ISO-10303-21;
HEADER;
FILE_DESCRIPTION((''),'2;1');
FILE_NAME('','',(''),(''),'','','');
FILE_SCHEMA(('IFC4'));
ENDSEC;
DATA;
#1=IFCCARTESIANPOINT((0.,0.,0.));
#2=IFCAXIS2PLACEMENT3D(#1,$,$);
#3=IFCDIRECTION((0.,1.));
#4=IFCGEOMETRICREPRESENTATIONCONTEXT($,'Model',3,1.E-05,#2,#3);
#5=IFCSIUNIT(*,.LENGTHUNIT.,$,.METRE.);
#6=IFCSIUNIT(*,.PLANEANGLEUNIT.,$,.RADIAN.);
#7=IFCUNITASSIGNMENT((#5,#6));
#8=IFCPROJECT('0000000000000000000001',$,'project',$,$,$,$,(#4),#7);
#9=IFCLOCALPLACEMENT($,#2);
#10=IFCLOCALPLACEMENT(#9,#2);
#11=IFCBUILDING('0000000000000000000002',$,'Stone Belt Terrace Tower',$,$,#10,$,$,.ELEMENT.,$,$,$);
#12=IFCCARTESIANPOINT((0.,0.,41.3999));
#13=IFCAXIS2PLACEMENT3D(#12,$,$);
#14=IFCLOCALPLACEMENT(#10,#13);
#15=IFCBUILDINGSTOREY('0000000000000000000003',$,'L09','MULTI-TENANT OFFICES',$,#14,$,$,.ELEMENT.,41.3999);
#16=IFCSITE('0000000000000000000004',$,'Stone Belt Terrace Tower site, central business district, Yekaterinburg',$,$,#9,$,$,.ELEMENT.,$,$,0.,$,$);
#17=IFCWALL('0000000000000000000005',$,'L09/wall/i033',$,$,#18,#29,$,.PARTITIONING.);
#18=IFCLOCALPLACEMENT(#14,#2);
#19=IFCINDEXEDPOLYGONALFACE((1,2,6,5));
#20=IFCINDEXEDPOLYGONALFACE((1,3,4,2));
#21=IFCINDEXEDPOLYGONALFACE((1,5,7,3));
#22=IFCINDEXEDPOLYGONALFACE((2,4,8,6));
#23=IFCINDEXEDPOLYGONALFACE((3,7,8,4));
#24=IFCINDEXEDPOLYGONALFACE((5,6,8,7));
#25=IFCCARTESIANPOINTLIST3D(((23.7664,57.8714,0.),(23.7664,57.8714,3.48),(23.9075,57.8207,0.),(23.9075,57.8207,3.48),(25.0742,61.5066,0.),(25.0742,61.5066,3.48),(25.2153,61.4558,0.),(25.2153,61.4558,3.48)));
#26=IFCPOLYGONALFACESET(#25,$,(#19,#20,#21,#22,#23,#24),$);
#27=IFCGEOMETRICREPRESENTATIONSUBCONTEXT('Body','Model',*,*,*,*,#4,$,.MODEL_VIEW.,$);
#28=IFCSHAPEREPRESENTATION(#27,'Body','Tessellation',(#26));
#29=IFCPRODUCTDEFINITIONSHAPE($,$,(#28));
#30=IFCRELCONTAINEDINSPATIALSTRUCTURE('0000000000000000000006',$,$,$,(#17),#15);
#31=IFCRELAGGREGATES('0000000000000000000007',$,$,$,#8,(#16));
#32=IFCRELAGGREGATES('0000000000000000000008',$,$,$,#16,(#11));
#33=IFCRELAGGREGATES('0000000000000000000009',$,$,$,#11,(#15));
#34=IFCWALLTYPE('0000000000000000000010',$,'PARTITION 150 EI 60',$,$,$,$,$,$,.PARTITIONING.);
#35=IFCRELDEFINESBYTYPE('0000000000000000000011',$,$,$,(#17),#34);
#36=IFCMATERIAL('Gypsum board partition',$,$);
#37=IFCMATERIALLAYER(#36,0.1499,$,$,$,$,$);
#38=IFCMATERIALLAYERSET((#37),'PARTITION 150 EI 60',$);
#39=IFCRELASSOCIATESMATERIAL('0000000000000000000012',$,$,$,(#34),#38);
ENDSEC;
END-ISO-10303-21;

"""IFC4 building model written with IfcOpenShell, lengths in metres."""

from ifc_helpers import new_model, si_unit, direction, frame, frame_2d, origin, place, context, subcontext, project, spatial, rectangle, extrude, material, layer, layer_set, type_object, element, save


model = new_model("IFC4")

# Units and contexts
model_context = context("Model", 3, precision=1e-05, world=origin(), true_north=direction((0.0, 1.0)))
body_context = subcontext(model_context, "Body", "Model", "MODEL_VIEW")
ifc_project = project(units=[si_unit("LENGTHUNIT", "METRE"), si_unit("PLANEANGLEUNIT", "RADIAN")], contexts=[model_context])

# Site, building, storey
site_placement = place(None, origin())
site = spatial("IfcSite", under=ifc_project, at=site_placement, Name="Stone Belt Terrace Tower site, central business district, Yekaterinburg", CompositionType="ELEMENT", RefElevation=0.0)
building_placement = place(site_placement, origin())
building = spatial("IfcBuilding", under=site, at=building_placement, Name="Stone Belt Terrace Tower", CompositionType="ELEMENT")
storey_placement = place(building_placement, frame((0.0, 0.0, 41.3999)))
storey = spatial("IfcBuildingStorey", under=building, at=storey_placement, Name="L09", Description="MULTI-TENANT OFFICES", CompositionType="ELEMENT", Elevation=41.3999)

# Wall
ifc_material_1 = material(Name="Gypsum board partition")
ifc_layer_1 = layer(ifc_material_1, 0.1499)
ifc_layer_set_1 = layer_set([ifc_layer_1], Name="PARTITION 150 EI 60")
wall_type_1 = type_object("IfcWallType", Name="PARTITION 150 EI 60", PredefinedType="PARTITIONING", material=ifc_layer_set_1)
wall_1_placement = place(storey_placement, frame((25.1448, 61.4812, 0.0), z_axis=(0.0, 0.0, 1.0), x_axis=(-0.338529, -0.940956, 0.0)))
element("IfcWall", 1, at=wall_1_placement, inside=storey, type_object=wall_type_1, Name="L09/wall/i033", PredefinedType="PARTITIONING", context=body_context, shape_type="SweptSolid", body=[
    extrude(rectangle(XDim=3.8633, YDim=0.1499, at=frame_2d((1.9316, 0.0))), origin(), (0.0, 0.0, 1.0), 3.48),
])

save(model, "model.ifc")
